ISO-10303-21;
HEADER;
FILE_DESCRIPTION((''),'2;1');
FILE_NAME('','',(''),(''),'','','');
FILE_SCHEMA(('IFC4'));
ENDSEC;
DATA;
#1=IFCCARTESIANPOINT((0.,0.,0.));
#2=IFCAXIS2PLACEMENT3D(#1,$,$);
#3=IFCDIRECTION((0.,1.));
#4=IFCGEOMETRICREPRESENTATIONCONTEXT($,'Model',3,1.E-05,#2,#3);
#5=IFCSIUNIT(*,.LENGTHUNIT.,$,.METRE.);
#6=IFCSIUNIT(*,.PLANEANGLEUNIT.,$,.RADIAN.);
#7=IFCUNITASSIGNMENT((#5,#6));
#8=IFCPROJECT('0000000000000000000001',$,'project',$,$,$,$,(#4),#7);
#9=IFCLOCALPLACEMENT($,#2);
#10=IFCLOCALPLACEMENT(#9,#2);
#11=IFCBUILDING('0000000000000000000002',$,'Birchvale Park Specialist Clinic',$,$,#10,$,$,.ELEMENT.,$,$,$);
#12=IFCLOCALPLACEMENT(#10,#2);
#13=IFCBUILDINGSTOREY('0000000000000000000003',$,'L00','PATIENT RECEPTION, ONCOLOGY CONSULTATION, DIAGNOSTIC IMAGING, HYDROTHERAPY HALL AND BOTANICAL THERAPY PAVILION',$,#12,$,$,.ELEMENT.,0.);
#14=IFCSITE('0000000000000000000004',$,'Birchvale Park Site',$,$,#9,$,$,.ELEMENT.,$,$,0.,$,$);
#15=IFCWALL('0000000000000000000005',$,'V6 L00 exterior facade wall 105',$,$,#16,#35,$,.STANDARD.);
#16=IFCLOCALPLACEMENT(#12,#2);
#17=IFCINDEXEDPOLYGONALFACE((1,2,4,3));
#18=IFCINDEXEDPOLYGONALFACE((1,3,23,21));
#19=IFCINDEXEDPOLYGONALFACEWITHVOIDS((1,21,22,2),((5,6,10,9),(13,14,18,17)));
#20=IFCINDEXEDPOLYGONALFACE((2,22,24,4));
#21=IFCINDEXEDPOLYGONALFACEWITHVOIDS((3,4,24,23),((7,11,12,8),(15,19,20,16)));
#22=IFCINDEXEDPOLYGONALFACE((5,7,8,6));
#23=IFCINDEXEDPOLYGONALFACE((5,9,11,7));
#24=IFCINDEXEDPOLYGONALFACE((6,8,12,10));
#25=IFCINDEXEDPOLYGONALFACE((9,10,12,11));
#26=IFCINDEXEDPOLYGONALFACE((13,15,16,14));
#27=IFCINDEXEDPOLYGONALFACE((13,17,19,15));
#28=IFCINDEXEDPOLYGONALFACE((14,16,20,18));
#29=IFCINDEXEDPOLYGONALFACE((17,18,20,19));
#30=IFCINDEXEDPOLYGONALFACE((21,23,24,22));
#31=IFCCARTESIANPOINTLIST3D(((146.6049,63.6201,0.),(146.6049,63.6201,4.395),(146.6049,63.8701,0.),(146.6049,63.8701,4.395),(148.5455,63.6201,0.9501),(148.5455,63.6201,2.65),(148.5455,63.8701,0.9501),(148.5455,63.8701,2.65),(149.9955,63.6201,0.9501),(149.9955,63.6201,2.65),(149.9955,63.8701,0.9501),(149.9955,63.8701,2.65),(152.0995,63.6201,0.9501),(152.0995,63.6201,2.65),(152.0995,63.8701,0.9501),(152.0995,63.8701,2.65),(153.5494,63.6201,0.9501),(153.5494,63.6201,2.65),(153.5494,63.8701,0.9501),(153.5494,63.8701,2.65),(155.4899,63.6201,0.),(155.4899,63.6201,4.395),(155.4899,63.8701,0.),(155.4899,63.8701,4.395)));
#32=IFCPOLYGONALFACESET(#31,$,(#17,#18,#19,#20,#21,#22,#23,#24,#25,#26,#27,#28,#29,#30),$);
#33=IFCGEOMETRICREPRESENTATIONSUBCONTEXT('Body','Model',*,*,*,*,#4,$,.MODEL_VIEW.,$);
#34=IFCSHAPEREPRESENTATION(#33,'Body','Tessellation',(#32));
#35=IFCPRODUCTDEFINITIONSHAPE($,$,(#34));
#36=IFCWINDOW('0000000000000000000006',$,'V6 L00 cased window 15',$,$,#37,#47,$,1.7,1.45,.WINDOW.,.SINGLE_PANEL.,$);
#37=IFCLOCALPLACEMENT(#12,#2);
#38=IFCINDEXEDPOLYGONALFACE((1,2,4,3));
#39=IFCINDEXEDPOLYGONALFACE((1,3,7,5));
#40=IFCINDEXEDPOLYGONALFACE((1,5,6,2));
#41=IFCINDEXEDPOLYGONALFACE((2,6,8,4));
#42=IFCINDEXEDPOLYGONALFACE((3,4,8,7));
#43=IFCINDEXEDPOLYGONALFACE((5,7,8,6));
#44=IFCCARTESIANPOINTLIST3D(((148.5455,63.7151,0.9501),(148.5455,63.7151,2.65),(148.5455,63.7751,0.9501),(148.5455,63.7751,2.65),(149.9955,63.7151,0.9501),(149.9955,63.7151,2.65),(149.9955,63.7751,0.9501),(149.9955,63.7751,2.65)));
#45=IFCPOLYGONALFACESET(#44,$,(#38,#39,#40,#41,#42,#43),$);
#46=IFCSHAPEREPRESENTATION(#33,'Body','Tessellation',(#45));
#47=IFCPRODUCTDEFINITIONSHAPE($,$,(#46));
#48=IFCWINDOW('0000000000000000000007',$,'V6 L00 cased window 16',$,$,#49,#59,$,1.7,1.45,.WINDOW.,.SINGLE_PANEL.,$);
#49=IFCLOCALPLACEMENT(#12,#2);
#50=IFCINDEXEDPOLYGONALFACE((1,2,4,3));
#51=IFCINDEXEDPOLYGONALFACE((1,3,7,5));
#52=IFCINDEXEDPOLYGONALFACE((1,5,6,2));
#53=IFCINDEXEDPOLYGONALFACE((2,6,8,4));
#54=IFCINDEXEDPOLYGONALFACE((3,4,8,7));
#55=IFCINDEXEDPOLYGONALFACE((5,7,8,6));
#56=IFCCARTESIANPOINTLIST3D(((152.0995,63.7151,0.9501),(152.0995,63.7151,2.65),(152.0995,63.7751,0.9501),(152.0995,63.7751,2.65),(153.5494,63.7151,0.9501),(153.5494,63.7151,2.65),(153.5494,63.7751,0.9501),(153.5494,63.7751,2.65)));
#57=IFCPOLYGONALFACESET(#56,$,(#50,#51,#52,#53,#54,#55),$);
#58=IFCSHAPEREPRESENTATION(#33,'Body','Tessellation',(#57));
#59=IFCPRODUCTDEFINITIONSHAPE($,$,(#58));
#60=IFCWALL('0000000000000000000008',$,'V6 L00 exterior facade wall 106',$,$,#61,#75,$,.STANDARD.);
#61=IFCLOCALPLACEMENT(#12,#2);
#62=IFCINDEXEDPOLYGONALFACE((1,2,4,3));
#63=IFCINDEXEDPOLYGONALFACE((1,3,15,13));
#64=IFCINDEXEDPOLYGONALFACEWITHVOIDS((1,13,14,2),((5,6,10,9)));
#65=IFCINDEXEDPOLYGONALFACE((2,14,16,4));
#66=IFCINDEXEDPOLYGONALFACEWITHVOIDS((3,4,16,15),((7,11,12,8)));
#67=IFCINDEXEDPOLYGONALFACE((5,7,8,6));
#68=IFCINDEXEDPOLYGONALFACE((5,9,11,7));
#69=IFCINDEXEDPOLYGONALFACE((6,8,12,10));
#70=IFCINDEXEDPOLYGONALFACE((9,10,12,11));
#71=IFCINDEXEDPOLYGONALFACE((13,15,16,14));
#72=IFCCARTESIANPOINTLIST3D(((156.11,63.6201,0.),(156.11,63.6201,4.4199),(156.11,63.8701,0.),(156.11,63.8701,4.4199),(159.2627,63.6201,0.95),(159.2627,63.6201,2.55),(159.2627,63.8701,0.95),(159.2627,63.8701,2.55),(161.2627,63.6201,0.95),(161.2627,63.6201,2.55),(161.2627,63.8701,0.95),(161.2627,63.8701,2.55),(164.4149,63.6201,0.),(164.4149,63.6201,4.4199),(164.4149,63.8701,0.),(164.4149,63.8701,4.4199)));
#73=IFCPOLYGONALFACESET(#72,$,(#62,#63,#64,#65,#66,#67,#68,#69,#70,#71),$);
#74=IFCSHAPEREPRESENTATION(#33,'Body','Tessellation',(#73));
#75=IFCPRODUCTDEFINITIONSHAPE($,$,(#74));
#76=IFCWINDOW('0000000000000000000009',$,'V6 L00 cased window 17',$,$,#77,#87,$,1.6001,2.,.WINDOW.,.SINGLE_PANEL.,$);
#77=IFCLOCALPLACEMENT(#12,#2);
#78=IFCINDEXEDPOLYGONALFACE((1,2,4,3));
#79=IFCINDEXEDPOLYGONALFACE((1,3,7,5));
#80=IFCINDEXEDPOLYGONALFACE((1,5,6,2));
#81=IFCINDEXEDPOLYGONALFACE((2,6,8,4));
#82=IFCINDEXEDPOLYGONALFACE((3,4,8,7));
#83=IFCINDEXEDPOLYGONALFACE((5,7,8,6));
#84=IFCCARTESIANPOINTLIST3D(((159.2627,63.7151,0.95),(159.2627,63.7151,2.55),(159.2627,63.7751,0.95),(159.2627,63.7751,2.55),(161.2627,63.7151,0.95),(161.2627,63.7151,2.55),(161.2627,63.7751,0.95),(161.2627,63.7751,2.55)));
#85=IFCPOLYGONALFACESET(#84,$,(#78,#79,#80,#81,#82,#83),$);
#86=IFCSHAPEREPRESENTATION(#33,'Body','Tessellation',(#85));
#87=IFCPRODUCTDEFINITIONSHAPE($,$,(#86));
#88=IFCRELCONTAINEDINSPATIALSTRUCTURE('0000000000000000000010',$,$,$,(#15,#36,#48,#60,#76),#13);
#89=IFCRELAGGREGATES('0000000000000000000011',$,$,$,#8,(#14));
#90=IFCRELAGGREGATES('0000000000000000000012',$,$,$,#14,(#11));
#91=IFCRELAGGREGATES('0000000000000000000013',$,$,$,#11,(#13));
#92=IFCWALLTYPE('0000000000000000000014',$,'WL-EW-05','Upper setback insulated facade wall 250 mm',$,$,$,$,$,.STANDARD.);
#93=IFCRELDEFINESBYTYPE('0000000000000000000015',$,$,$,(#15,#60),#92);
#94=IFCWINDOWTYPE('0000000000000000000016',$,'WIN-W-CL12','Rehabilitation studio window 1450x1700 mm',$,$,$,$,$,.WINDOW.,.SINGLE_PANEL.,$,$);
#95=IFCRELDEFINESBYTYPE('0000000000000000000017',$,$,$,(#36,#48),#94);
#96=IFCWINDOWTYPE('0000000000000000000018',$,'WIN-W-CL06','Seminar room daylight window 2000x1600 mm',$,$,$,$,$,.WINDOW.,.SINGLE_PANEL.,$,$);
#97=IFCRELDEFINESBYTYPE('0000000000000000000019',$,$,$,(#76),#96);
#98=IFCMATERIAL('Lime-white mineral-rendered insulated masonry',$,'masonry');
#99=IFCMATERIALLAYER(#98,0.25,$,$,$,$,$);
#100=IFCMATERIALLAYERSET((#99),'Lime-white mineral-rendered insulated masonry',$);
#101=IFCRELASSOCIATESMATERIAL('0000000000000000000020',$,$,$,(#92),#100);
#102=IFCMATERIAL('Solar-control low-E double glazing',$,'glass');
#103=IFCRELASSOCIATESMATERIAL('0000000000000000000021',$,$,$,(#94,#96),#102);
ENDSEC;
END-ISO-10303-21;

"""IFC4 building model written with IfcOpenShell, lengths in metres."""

from ifc_helpers import new_model, si_unit, direction, frame, frame_2d, origin, place, context, subcontext, project, spatial, rectangle, extrude, material, layer, layer_set, type_object, element, fill, save


model = new_model("IFC4")

# Units and contexts
model_context = context("Model", 3, precision=1e-05, world=origin(), true_north=direction((0.0, 1.0)))
body_context = subcontext(model_context, "Body", "Model", "MODEL_VIEW")
ifc_project = project(units=[si_unit("LENGTHUNIT", "METRE"), si_unit("PLANEANGLEUNIT", "RADIAN")], contexts=[model_context])

# Site, building, storey
site_placement = place(None, origin())
site = spatial("IfcSite", under=ifc_project, at=site_placement, Name="Birchvale Park Site", CompositionType="ELEMENT", RefElevation=0.0)
building_placement = place(site_placement, origin())
building = spatial("IfcBuilding", under=site, at=building_placement, Name="Birchvale Park Specialist Clinic", CompositionType="ELEMENT")
storey_placement = place(building_placement, origin())
storey = spatial("IfcBuildingStorey", under=building, at=storey_placement, Name="L00", Description="PATIENT RECEPTION, ONCOLOGY CONSULTATION, DIAGNOSTIC IMAGING, HYDROTHERAPY HALL AND BOTANICAL THERAPY PAVILION", CompositionType="ELEMENT", Elevation=0.0)

# Wall, openings, windows
ifc_material_1 = material(Name="Lime-white mineral-rendered insulated masonry", Category="masonry")
ifc_layer = layer(ifc_material_1, 0.25)
ifc_layer_set = layer_set([ifc_layer], Name="Lime-white mineral-rendered insulated masonry")
wall_type = type_object("IfcWallType", Name="WL-EW-05", Description="Upper setback insulated facade wall 250 mm", PredefinedType="STANDARD", material=ifc_layer_set)
wall_1_placement = place(storey_placement, frame((146.605, 63.7451, 0.0), z_axis=(0.0, 0.0, 1.0), x_axis=(1.0, 0.0, 0.0)))
wall_1 = element("IfcWall", 1, at=wall_1_placement, inside=storey, type_object=wall_type, Name="V6 L00 exterior facade wall 105", PredefinedType="STANDARD", context=body_context, shape_type="SweptSolid", body=[
    extrude(rectangle(XDim=8.885, YDim=0.25, at=frame_2d((4.4424, 0.0))), origin(), (0.0, 0.0, 1.0), 4.395),
])
opening_1_placement = place(wall_1_placement, frame((1.9404, 0.0, 0.95)))
opening_1 = element("IfcOpeningElement", 2, at=opening_1_placement, cuts=wall_1, PredefinedType="OPENING", context=body_context, shape_type="SweptSolid", body=[
    extrude(rectangle(XDim=1.45, YDim=1.7, at=frame_2d((0.7251, 0.8501))), frame((0.0, 0.135, 0.0), z_axis=(0.0, -1.0, 0.0), x_axis=(1.0, 0.0, 0.0)), (0.0, 0.0, 1.0), 0.27),
])
opening_2_placement = place(wall_1_placement, frame((5.4944, 0.0, 0.95)))
opening_2 = element("IfcOpeningElement", 3, at=opening_2_placement, cuts=wall_1, PredefinedType="OPENING", context=body_context, shape_type="SweptSolid", body=[
    extrude(rectangle(XDim=1.45, YDim=1.7, at=frame_2d((0.7251, 0.8501))), frame((0.0, 0.135, 0.0), z_axis=(0.0, -1.0, 0.0), x_axis=(1.0, 0.0, 0.0)), (0.0, 0.0, 1.0), 0.27),
])
ifc_material_2 = material(Name="Solar-control low-E double glazing", Category="glass")
window_type_1 = type_object("IfcWindowType", Name="WIN-W-CL12", Description="Rehabilitation studio window 1450x1700 mm", PartitioningType="SINGLE_PANEL", PredefinedType="WINDOW", material=ifc_material_2)
window_1_placement = place(opening_1_placement, origin())
window_1 = element("IfcWindow", 4, at=window_1_placement, inside=storey, type_object=window_type_1, Name="V6 L00 cased window 15", OverallHeight=1.7, OverallWidth=1.45, PartitioningType="SINGLE_PANEL", PredefinedType="WINDOW", context=body_context, shape_type="SweptSolid", body=[
    extrude(rectangle(XDim=1.45, YDim=1.7, at=frame_2d((0.7251, 0.8501))), frame((0.0, 0.03, 0.0), z_axis=(0.0, -1.0, 0.0), x_axis=(1.0, 0.0, 0.0)), (0.0, 0.0, 1.0), 0.0601),
])
fill(opening_1, window_1)
window_2_placement = place(opening_2_placement, origin())
window_2 = element("IfcWindow", 5, at=window_2_placement, inside=storey, type_object=window_type_1, Name="V6 L00 cased window 16", OverallHeight=1.7, OverallWidth=1.45, PartitioningType="SINGLE_PANEL", PredefinedType="WINDOW", context=body_context, shape_type="SweptSolid", body=[
    extrude(rectangle(XDim=1.45, YDim=1.7, at=frame_2d((0.7251, 0.8501))), frame((0.0, 0.03, 0.0), z_axis=(0.0, -1.0, 0.0), x_axis=(1.0, 0.0, 0.0)), (0.0, 0.0, 1.0), 0.0601),
])
fill(opening_2, window_2)

# Wall, opening, window
wall_2_placement = place(storey_placement, frame((156.1101, 63.7451, 0.0), z_axis=(0.0, 0.0, 1.0), x_axis=(1.0, 0.0, 0.0)))
wall_2 = element("IfcWall", 6, at=wall_2_placement, inside=storey, type_object=wall_type, Name="V6 L00 exterior facade wall 106", PredefinedType="STANDARD", context=body_context, shape_type="SweptSolid", body=[
    extrude(rectangle(XDim=8.3049, YDim=0.25, at=frame_2d((4.1523, 0.0))), origin(), (0.0, 0.0, 1.0), 4.4199),
])
opening_3_placement = place(wall_2_placement, frame((3.1526, 0.0, 0.95)))
opening_3 = element("IfcOpeningElement", 7, at=opening_3_placement, cuts=wall_2, PredefinedType="OPENING", context=body_context, shape_type="SweptSolid", body=[
    extrude(rectangle(XDim=2.0, YDim=1.6001, at=frame_2d((1.0, 0.8))), frame((0.0, 0.135, 0.0), z_axis=(0.0, -1.0, 0.0), x_axis=(1.0, 0.0, 0.0)), (0.0, 0.0, 1.0), 0.27),
])
window_type_2 = type_object("IfcWindowType", Name="WIN-W-CL06", Description="Seminar room daylight window 2000x1600 mm", PartitioningType="SINGLE_PANEL", PredefinedType="WINDOW", material=ifc_material_2)
window_3_placement = place(opening_3_placement, origin())
window_3 = element("IfcWindow", 8, at=window_3_placement, inside=storey, type_object=window_type_2, Name="V6 L00 cased window 17", OverallHeight=1.6001, OverallWidth=2.0, PartitioningType="SINGLE_PANEL", PredefinedType="WINDOW", context=body_context, shape_type="SweptSolid", body=[
    extrude(rectangle(XDim=2.0, YDim=1.6001, at=frame_2d((1.0, 0.8))), frame((0.0, 0.03, 0.0), z_axis=(0.0, -1.0, 0.0), x_axis=(1.0, 0.0, 0.0)), (0.0, 0.0, 1.0), 0.0601),
])
fill(opening_3, window_3)

save(model, "model.ifc")
